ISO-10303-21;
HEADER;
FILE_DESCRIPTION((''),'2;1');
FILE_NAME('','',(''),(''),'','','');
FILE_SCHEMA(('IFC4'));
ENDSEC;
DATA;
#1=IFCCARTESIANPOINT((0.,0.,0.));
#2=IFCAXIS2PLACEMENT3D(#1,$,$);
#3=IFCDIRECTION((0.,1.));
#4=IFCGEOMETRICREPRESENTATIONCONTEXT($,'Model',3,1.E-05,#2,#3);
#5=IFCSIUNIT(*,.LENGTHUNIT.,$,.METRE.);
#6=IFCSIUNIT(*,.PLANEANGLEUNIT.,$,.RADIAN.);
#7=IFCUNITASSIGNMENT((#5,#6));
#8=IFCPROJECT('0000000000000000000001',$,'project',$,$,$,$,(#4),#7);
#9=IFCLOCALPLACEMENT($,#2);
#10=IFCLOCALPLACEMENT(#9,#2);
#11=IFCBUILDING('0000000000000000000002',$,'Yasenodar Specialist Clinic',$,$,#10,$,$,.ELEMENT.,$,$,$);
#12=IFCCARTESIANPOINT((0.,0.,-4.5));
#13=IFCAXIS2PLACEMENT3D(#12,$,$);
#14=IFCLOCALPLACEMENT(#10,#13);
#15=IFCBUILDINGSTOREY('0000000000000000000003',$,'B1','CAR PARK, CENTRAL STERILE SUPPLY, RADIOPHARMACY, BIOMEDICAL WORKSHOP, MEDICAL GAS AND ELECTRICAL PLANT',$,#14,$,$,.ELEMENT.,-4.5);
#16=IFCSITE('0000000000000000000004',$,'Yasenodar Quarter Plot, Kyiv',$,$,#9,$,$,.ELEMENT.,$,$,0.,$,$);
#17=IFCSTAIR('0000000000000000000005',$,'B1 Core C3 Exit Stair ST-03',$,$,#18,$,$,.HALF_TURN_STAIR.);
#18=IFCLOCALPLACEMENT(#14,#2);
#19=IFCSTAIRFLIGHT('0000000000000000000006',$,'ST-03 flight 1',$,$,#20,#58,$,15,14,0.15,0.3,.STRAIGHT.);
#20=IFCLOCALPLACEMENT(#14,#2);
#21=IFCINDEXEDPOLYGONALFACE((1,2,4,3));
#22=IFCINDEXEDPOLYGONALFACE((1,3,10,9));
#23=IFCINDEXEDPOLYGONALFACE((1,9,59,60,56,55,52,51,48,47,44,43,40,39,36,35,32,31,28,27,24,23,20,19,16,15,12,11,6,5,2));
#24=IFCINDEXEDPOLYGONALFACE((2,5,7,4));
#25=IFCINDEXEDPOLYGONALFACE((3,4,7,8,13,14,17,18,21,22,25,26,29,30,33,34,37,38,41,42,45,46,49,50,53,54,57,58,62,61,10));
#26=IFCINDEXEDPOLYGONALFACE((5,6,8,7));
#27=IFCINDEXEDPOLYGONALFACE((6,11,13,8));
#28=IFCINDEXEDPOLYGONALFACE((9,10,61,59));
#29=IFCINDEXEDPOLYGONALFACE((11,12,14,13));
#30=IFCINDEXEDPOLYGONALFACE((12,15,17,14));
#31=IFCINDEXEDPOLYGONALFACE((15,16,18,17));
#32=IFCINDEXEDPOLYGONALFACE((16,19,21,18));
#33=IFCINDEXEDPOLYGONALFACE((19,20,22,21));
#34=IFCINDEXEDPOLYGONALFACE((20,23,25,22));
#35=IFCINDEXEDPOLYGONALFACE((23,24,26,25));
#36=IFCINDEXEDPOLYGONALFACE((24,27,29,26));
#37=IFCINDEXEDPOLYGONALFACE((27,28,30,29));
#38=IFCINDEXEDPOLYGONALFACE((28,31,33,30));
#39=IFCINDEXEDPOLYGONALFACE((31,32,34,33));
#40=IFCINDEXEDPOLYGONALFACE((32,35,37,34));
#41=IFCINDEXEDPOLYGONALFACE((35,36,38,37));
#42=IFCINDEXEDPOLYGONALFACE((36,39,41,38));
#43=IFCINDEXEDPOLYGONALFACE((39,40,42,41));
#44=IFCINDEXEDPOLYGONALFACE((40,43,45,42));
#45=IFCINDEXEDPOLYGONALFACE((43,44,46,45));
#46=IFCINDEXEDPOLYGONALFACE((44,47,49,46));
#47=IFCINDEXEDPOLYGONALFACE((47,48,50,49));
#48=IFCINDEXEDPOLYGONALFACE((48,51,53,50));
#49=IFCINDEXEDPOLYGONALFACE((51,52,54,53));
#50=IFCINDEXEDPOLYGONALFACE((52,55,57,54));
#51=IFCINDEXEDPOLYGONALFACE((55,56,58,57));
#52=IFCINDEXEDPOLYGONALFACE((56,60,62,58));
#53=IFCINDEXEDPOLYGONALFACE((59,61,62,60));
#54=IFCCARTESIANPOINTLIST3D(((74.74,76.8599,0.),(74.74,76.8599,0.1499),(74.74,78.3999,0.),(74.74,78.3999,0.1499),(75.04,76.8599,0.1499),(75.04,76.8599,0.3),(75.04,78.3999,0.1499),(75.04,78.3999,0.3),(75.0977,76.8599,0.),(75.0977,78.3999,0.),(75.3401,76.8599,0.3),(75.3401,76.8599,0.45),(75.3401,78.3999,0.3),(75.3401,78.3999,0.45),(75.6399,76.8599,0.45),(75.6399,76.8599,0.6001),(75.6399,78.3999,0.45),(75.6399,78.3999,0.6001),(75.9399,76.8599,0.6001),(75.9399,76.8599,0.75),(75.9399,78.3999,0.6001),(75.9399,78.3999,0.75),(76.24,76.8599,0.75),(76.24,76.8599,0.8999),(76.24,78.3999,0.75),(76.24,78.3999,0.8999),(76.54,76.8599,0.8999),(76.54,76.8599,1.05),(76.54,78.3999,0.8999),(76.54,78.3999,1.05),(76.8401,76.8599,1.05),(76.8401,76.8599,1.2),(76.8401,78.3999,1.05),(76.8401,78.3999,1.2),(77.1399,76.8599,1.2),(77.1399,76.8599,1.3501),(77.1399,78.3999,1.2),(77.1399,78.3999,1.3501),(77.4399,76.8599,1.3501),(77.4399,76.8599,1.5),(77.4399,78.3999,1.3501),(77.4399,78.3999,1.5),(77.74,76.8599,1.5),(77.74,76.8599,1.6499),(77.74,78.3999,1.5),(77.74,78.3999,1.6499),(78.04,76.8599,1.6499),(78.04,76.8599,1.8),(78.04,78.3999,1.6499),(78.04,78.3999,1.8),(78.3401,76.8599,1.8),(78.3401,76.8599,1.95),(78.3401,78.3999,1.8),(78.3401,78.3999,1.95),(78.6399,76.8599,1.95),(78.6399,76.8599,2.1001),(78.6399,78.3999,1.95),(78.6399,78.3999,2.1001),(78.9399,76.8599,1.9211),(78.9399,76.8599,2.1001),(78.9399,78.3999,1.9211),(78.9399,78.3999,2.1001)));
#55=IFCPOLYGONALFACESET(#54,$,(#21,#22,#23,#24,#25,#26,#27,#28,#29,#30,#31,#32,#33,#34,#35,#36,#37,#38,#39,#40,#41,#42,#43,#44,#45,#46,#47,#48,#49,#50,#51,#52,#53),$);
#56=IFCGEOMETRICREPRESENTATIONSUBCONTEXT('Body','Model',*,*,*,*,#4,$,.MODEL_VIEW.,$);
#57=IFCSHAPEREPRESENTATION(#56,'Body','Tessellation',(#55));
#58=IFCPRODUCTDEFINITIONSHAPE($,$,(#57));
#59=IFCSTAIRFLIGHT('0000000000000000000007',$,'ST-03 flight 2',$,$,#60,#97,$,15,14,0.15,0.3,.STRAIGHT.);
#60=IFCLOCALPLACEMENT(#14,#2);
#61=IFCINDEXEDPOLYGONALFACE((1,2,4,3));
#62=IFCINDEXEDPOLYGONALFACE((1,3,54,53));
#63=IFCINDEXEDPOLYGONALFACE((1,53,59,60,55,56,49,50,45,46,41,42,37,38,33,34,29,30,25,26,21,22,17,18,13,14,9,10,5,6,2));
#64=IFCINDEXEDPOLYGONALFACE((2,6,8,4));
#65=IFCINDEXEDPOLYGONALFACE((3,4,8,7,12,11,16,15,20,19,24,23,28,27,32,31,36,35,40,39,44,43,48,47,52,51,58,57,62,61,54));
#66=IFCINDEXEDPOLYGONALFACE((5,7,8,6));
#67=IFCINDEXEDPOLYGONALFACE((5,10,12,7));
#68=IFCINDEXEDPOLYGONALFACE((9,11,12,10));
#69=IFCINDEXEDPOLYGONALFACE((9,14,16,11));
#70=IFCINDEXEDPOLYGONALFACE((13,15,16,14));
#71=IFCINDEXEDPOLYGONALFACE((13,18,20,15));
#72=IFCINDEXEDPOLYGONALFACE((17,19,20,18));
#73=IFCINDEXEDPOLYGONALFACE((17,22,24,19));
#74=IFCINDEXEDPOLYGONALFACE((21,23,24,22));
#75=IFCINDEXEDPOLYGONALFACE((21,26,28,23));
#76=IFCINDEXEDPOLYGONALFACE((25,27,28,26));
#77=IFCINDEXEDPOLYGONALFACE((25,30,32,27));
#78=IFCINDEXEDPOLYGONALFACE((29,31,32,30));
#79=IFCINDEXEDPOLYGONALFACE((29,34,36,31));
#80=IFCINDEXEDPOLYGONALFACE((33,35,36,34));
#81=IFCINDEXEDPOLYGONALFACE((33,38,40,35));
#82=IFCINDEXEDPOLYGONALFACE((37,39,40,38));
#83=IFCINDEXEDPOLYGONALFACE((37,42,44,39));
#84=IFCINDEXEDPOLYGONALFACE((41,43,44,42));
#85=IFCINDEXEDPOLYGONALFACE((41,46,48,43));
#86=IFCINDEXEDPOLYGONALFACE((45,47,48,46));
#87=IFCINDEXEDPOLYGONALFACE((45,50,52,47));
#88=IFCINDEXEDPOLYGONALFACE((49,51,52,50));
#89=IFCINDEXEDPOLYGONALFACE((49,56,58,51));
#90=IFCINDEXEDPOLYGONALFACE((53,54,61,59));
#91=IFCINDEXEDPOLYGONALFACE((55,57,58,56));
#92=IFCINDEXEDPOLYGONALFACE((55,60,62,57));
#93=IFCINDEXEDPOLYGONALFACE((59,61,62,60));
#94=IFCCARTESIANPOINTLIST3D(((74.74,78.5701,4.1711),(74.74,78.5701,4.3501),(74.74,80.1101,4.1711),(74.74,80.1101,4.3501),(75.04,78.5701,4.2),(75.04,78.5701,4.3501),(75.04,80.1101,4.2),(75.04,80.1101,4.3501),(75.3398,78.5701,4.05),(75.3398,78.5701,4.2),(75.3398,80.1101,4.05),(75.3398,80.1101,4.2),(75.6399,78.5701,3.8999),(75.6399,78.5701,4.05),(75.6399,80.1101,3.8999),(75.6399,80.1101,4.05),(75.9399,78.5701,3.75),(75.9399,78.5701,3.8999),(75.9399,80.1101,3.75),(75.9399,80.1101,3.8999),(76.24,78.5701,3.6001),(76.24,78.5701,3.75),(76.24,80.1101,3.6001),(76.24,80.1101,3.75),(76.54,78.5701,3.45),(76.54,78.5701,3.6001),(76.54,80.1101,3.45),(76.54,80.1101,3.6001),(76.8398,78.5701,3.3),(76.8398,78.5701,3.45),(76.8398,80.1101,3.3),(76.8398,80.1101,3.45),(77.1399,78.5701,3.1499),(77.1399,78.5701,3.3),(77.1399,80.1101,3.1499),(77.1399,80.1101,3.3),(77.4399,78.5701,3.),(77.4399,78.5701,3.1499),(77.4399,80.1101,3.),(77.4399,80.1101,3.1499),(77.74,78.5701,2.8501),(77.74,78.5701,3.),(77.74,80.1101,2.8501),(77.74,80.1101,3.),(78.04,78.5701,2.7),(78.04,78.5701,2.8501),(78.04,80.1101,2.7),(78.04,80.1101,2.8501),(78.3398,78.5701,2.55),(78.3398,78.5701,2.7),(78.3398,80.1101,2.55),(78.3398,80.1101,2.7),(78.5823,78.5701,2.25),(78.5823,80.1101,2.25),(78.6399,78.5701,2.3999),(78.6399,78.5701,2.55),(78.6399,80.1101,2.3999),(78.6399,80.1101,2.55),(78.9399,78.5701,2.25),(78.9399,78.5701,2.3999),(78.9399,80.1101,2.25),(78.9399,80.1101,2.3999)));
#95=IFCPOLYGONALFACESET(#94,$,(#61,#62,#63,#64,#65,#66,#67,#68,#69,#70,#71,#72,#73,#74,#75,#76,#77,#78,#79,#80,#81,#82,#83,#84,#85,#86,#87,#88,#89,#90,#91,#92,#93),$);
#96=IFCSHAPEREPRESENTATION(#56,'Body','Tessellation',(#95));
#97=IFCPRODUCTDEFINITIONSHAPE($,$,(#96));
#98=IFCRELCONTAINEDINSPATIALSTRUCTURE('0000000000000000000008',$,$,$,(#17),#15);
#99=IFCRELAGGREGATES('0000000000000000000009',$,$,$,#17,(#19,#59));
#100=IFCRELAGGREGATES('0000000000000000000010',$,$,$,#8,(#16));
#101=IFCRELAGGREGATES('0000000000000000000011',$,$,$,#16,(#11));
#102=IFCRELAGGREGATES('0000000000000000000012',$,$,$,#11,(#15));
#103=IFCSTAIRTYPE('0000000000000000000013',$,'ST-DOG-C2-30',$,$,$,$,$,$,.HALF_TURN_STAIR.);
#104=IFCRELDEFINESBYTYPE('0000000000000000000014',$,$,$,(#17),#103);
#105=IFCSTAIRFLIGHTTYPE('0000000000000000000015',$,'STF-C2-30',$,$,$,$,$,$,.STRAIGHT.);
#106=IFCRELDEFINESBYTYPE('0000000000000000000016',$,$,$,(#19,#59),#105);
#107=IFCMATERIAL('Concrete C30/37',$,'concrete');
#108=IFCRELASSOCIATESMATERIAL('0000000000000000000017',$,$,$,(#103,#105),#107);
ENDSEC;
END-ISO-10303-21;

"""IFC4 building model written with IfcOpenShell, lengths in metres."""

from ifc_helpers import new_model, si_unit, direction, frame, origin, place, context, subcontext, project, spatial, polyline, outline, extrude, material, type_object, element, aggregate, save


model = new_model("IFC4")

# Units and contexts
model_context = context("Model", 3, precision=1e-05, world=origin(), true_north=direction((0.0, 1.0)))
body_context = subcontext(model_context, "Body", "Model", "MODEL_VIEW")
ifc_project = project(units=[si_unit("LENGTHUNIT", "METRE"), si_unit("PLANEANGLEUNIT", "RADIAN")], contexts=[model_context])

# Site, building, storey
site_placement = place(None, origin())
site = spatial("IfcSite", under=ifc_project, at=site_placement, Name="Yasenodar Quarter Plot, Kyiv", CompositionType="ELEMENT", RefElevation=0.0)
building_placement = place(site_placement, origin())
building = spatial("IfcBuilding", under=site, at=building_placement, Name="Yasenodar Specialist Clinic", CompositionType="ELEMENT")
storey_placement = place(building_placement, frame((0.0, 0.0, -4.5)))
storey = spatial("IfcBuildingStorey", under=building, at=storey_placement, Name="B1", Description="CAR PARK, CENTRAL STERILE SUPPLY, RADIOPHARMACY, BIOMEDICAL WORKSHOP, MEDICAL GAS AND ELECTRICAL PLANT", CompositionType="ELEMENT", Elevation=-4.5)

# Shared definitions
ifc_material_1 = material(Name="Concrete C30/37", Category="concrete")

# Stair, stair flights
stair_type = type_object("IfcStairType", Name="ST-DOG-C2-30", PredefinedType="HALF_TURN_STAIR", material=ifc_material_1)
stair_placement = place(storey_placement, origin())
stair = element("IfcStair", 1, at=stair_placement, inside=storey, type_object=stair_type, Name="B1 Core C3 Exit Stair ST-03", PredefinedType="HALF_TURN_STAIR")
stair_flight_type = type_object("IfcStairFlightType", Name="STF-C2-30", PredefinedType="STRAIGHT", material=ifc_material_1)
stair_flight_1_placement = place(storey_placement, frame((74.74, 77.6299, 0.0), z_axis=(0.0, 0.0, 1.0), x_axis=(1.0, 0.0, 0.0)))
stair_flight_1 = element("IfcStairFlight", 2, at=stair_flight_1_placement, type_object=stair_flight_type, Name="ST-03 flight 1", NumberOfRisers=15, NumberOfTreads=14, PredefinedType="STRAIGHT", RiserHeight=0.15, TreadLength=0.3, context=body_context, shape_type="SweptSolid", body=[
    extrude(outline(polyline([(0.0, 0.0), (0.0, 0.1499), (0.3, 0.1499), (0.3, 0.3), (0.6001, 0.3), (0.6001, 0.45), (0.8999, 0.45), (0.8999, 0.6001), (1.2, 0.6001), (1.2, 0.75), (1.5, 0.75), (1.5, 0.8999), (1.8, 0.8999), (1.8, 1.05), (2.1001, 1.05), (2.1001, 1.2), (2.3999, 1.2), (2.3999, 1.3501), (2.7, 1.3501), (2.7, 1.5), (3.0, 1.5), (3.0, 1.6499), (3.3, 1.6499), (3.3, 1.8), (3.6001, 1.8), (3.6001, 1.95), (3.8999, 1.95), (3.8999, 2.1001), (4.2, 2.1001), (4.2, 2.25), (4.2, 1.9211), (0.3577, 0.0), (0.0, 0.0)])), frame((0.0, 0.77, 0.0), z_axis=(0.0, -1.0, 0.0), x_axis=(1.0, 0.0, 0.0)), (0.0, 0.0, 1.0), 1.54),
])
stair_flight_2_placement = place(storey_placement, frame((78.9399, 79.3401, 2.25), z_axis=(0.0, 0.0, 1.0), x_axis=(-1.0, 0.0, 0.0)))
stair_flight_2 = element("IfcStairFlight", 3, at=stair_flight_2_placement, type_object=stair_flight_type, Name="ST-03 flight 2", NumberOfRisers=15, NumberOfTreads=14, PredefinedType="STRAIGHT", RiserHeight=0.15, TreadLength=0.3, context=body_context, shape_type="SweptSolid", body=[
    extrude(outline(polyline([(0.0, 0.0), (0.0, 0.1499), (0.3, 0.1499), (0.3, 0.3), (0.6001, 0.3), (0.6001, 0.45), (0.8999, 0.45), (0.8999, 0.6001), (1.2, 0.6001), (1.2, 0.75), (1.5, 0.75), (1.5, 0.8999), (1.8, 0.8999), (1.8, 1.05), (2.1001, 1.05), (2.1001, 1.2), (2.3999, 1.2), (2.3999, 1.3501), (2.7, 1.3501), (2.7, 1.5), (3.0, 1.5), (3.0, 1.6499), (3.3, 1.6499), (3.3, 1.8), (3.6001, 1.8), (3.6001, 1.95), (3.8999, 1.95), (3.8999, 2.1001), (4.2, 2.1001), (4.2, 2.25), (4.2, 1.9211), (0.3577, 0.0), (0.0, 0.0)])), frame((0.0, 0.77, 0.0), z_axis=(0.0, -1.0, 0.0), x_axis=(1.0, 0.0, 0.0)), (0.0, 0.0, 1.0), 1.54),
])
aggregate(stair, [stair_flight_1, stair_flight_2])

save(model, "model.ifc")
